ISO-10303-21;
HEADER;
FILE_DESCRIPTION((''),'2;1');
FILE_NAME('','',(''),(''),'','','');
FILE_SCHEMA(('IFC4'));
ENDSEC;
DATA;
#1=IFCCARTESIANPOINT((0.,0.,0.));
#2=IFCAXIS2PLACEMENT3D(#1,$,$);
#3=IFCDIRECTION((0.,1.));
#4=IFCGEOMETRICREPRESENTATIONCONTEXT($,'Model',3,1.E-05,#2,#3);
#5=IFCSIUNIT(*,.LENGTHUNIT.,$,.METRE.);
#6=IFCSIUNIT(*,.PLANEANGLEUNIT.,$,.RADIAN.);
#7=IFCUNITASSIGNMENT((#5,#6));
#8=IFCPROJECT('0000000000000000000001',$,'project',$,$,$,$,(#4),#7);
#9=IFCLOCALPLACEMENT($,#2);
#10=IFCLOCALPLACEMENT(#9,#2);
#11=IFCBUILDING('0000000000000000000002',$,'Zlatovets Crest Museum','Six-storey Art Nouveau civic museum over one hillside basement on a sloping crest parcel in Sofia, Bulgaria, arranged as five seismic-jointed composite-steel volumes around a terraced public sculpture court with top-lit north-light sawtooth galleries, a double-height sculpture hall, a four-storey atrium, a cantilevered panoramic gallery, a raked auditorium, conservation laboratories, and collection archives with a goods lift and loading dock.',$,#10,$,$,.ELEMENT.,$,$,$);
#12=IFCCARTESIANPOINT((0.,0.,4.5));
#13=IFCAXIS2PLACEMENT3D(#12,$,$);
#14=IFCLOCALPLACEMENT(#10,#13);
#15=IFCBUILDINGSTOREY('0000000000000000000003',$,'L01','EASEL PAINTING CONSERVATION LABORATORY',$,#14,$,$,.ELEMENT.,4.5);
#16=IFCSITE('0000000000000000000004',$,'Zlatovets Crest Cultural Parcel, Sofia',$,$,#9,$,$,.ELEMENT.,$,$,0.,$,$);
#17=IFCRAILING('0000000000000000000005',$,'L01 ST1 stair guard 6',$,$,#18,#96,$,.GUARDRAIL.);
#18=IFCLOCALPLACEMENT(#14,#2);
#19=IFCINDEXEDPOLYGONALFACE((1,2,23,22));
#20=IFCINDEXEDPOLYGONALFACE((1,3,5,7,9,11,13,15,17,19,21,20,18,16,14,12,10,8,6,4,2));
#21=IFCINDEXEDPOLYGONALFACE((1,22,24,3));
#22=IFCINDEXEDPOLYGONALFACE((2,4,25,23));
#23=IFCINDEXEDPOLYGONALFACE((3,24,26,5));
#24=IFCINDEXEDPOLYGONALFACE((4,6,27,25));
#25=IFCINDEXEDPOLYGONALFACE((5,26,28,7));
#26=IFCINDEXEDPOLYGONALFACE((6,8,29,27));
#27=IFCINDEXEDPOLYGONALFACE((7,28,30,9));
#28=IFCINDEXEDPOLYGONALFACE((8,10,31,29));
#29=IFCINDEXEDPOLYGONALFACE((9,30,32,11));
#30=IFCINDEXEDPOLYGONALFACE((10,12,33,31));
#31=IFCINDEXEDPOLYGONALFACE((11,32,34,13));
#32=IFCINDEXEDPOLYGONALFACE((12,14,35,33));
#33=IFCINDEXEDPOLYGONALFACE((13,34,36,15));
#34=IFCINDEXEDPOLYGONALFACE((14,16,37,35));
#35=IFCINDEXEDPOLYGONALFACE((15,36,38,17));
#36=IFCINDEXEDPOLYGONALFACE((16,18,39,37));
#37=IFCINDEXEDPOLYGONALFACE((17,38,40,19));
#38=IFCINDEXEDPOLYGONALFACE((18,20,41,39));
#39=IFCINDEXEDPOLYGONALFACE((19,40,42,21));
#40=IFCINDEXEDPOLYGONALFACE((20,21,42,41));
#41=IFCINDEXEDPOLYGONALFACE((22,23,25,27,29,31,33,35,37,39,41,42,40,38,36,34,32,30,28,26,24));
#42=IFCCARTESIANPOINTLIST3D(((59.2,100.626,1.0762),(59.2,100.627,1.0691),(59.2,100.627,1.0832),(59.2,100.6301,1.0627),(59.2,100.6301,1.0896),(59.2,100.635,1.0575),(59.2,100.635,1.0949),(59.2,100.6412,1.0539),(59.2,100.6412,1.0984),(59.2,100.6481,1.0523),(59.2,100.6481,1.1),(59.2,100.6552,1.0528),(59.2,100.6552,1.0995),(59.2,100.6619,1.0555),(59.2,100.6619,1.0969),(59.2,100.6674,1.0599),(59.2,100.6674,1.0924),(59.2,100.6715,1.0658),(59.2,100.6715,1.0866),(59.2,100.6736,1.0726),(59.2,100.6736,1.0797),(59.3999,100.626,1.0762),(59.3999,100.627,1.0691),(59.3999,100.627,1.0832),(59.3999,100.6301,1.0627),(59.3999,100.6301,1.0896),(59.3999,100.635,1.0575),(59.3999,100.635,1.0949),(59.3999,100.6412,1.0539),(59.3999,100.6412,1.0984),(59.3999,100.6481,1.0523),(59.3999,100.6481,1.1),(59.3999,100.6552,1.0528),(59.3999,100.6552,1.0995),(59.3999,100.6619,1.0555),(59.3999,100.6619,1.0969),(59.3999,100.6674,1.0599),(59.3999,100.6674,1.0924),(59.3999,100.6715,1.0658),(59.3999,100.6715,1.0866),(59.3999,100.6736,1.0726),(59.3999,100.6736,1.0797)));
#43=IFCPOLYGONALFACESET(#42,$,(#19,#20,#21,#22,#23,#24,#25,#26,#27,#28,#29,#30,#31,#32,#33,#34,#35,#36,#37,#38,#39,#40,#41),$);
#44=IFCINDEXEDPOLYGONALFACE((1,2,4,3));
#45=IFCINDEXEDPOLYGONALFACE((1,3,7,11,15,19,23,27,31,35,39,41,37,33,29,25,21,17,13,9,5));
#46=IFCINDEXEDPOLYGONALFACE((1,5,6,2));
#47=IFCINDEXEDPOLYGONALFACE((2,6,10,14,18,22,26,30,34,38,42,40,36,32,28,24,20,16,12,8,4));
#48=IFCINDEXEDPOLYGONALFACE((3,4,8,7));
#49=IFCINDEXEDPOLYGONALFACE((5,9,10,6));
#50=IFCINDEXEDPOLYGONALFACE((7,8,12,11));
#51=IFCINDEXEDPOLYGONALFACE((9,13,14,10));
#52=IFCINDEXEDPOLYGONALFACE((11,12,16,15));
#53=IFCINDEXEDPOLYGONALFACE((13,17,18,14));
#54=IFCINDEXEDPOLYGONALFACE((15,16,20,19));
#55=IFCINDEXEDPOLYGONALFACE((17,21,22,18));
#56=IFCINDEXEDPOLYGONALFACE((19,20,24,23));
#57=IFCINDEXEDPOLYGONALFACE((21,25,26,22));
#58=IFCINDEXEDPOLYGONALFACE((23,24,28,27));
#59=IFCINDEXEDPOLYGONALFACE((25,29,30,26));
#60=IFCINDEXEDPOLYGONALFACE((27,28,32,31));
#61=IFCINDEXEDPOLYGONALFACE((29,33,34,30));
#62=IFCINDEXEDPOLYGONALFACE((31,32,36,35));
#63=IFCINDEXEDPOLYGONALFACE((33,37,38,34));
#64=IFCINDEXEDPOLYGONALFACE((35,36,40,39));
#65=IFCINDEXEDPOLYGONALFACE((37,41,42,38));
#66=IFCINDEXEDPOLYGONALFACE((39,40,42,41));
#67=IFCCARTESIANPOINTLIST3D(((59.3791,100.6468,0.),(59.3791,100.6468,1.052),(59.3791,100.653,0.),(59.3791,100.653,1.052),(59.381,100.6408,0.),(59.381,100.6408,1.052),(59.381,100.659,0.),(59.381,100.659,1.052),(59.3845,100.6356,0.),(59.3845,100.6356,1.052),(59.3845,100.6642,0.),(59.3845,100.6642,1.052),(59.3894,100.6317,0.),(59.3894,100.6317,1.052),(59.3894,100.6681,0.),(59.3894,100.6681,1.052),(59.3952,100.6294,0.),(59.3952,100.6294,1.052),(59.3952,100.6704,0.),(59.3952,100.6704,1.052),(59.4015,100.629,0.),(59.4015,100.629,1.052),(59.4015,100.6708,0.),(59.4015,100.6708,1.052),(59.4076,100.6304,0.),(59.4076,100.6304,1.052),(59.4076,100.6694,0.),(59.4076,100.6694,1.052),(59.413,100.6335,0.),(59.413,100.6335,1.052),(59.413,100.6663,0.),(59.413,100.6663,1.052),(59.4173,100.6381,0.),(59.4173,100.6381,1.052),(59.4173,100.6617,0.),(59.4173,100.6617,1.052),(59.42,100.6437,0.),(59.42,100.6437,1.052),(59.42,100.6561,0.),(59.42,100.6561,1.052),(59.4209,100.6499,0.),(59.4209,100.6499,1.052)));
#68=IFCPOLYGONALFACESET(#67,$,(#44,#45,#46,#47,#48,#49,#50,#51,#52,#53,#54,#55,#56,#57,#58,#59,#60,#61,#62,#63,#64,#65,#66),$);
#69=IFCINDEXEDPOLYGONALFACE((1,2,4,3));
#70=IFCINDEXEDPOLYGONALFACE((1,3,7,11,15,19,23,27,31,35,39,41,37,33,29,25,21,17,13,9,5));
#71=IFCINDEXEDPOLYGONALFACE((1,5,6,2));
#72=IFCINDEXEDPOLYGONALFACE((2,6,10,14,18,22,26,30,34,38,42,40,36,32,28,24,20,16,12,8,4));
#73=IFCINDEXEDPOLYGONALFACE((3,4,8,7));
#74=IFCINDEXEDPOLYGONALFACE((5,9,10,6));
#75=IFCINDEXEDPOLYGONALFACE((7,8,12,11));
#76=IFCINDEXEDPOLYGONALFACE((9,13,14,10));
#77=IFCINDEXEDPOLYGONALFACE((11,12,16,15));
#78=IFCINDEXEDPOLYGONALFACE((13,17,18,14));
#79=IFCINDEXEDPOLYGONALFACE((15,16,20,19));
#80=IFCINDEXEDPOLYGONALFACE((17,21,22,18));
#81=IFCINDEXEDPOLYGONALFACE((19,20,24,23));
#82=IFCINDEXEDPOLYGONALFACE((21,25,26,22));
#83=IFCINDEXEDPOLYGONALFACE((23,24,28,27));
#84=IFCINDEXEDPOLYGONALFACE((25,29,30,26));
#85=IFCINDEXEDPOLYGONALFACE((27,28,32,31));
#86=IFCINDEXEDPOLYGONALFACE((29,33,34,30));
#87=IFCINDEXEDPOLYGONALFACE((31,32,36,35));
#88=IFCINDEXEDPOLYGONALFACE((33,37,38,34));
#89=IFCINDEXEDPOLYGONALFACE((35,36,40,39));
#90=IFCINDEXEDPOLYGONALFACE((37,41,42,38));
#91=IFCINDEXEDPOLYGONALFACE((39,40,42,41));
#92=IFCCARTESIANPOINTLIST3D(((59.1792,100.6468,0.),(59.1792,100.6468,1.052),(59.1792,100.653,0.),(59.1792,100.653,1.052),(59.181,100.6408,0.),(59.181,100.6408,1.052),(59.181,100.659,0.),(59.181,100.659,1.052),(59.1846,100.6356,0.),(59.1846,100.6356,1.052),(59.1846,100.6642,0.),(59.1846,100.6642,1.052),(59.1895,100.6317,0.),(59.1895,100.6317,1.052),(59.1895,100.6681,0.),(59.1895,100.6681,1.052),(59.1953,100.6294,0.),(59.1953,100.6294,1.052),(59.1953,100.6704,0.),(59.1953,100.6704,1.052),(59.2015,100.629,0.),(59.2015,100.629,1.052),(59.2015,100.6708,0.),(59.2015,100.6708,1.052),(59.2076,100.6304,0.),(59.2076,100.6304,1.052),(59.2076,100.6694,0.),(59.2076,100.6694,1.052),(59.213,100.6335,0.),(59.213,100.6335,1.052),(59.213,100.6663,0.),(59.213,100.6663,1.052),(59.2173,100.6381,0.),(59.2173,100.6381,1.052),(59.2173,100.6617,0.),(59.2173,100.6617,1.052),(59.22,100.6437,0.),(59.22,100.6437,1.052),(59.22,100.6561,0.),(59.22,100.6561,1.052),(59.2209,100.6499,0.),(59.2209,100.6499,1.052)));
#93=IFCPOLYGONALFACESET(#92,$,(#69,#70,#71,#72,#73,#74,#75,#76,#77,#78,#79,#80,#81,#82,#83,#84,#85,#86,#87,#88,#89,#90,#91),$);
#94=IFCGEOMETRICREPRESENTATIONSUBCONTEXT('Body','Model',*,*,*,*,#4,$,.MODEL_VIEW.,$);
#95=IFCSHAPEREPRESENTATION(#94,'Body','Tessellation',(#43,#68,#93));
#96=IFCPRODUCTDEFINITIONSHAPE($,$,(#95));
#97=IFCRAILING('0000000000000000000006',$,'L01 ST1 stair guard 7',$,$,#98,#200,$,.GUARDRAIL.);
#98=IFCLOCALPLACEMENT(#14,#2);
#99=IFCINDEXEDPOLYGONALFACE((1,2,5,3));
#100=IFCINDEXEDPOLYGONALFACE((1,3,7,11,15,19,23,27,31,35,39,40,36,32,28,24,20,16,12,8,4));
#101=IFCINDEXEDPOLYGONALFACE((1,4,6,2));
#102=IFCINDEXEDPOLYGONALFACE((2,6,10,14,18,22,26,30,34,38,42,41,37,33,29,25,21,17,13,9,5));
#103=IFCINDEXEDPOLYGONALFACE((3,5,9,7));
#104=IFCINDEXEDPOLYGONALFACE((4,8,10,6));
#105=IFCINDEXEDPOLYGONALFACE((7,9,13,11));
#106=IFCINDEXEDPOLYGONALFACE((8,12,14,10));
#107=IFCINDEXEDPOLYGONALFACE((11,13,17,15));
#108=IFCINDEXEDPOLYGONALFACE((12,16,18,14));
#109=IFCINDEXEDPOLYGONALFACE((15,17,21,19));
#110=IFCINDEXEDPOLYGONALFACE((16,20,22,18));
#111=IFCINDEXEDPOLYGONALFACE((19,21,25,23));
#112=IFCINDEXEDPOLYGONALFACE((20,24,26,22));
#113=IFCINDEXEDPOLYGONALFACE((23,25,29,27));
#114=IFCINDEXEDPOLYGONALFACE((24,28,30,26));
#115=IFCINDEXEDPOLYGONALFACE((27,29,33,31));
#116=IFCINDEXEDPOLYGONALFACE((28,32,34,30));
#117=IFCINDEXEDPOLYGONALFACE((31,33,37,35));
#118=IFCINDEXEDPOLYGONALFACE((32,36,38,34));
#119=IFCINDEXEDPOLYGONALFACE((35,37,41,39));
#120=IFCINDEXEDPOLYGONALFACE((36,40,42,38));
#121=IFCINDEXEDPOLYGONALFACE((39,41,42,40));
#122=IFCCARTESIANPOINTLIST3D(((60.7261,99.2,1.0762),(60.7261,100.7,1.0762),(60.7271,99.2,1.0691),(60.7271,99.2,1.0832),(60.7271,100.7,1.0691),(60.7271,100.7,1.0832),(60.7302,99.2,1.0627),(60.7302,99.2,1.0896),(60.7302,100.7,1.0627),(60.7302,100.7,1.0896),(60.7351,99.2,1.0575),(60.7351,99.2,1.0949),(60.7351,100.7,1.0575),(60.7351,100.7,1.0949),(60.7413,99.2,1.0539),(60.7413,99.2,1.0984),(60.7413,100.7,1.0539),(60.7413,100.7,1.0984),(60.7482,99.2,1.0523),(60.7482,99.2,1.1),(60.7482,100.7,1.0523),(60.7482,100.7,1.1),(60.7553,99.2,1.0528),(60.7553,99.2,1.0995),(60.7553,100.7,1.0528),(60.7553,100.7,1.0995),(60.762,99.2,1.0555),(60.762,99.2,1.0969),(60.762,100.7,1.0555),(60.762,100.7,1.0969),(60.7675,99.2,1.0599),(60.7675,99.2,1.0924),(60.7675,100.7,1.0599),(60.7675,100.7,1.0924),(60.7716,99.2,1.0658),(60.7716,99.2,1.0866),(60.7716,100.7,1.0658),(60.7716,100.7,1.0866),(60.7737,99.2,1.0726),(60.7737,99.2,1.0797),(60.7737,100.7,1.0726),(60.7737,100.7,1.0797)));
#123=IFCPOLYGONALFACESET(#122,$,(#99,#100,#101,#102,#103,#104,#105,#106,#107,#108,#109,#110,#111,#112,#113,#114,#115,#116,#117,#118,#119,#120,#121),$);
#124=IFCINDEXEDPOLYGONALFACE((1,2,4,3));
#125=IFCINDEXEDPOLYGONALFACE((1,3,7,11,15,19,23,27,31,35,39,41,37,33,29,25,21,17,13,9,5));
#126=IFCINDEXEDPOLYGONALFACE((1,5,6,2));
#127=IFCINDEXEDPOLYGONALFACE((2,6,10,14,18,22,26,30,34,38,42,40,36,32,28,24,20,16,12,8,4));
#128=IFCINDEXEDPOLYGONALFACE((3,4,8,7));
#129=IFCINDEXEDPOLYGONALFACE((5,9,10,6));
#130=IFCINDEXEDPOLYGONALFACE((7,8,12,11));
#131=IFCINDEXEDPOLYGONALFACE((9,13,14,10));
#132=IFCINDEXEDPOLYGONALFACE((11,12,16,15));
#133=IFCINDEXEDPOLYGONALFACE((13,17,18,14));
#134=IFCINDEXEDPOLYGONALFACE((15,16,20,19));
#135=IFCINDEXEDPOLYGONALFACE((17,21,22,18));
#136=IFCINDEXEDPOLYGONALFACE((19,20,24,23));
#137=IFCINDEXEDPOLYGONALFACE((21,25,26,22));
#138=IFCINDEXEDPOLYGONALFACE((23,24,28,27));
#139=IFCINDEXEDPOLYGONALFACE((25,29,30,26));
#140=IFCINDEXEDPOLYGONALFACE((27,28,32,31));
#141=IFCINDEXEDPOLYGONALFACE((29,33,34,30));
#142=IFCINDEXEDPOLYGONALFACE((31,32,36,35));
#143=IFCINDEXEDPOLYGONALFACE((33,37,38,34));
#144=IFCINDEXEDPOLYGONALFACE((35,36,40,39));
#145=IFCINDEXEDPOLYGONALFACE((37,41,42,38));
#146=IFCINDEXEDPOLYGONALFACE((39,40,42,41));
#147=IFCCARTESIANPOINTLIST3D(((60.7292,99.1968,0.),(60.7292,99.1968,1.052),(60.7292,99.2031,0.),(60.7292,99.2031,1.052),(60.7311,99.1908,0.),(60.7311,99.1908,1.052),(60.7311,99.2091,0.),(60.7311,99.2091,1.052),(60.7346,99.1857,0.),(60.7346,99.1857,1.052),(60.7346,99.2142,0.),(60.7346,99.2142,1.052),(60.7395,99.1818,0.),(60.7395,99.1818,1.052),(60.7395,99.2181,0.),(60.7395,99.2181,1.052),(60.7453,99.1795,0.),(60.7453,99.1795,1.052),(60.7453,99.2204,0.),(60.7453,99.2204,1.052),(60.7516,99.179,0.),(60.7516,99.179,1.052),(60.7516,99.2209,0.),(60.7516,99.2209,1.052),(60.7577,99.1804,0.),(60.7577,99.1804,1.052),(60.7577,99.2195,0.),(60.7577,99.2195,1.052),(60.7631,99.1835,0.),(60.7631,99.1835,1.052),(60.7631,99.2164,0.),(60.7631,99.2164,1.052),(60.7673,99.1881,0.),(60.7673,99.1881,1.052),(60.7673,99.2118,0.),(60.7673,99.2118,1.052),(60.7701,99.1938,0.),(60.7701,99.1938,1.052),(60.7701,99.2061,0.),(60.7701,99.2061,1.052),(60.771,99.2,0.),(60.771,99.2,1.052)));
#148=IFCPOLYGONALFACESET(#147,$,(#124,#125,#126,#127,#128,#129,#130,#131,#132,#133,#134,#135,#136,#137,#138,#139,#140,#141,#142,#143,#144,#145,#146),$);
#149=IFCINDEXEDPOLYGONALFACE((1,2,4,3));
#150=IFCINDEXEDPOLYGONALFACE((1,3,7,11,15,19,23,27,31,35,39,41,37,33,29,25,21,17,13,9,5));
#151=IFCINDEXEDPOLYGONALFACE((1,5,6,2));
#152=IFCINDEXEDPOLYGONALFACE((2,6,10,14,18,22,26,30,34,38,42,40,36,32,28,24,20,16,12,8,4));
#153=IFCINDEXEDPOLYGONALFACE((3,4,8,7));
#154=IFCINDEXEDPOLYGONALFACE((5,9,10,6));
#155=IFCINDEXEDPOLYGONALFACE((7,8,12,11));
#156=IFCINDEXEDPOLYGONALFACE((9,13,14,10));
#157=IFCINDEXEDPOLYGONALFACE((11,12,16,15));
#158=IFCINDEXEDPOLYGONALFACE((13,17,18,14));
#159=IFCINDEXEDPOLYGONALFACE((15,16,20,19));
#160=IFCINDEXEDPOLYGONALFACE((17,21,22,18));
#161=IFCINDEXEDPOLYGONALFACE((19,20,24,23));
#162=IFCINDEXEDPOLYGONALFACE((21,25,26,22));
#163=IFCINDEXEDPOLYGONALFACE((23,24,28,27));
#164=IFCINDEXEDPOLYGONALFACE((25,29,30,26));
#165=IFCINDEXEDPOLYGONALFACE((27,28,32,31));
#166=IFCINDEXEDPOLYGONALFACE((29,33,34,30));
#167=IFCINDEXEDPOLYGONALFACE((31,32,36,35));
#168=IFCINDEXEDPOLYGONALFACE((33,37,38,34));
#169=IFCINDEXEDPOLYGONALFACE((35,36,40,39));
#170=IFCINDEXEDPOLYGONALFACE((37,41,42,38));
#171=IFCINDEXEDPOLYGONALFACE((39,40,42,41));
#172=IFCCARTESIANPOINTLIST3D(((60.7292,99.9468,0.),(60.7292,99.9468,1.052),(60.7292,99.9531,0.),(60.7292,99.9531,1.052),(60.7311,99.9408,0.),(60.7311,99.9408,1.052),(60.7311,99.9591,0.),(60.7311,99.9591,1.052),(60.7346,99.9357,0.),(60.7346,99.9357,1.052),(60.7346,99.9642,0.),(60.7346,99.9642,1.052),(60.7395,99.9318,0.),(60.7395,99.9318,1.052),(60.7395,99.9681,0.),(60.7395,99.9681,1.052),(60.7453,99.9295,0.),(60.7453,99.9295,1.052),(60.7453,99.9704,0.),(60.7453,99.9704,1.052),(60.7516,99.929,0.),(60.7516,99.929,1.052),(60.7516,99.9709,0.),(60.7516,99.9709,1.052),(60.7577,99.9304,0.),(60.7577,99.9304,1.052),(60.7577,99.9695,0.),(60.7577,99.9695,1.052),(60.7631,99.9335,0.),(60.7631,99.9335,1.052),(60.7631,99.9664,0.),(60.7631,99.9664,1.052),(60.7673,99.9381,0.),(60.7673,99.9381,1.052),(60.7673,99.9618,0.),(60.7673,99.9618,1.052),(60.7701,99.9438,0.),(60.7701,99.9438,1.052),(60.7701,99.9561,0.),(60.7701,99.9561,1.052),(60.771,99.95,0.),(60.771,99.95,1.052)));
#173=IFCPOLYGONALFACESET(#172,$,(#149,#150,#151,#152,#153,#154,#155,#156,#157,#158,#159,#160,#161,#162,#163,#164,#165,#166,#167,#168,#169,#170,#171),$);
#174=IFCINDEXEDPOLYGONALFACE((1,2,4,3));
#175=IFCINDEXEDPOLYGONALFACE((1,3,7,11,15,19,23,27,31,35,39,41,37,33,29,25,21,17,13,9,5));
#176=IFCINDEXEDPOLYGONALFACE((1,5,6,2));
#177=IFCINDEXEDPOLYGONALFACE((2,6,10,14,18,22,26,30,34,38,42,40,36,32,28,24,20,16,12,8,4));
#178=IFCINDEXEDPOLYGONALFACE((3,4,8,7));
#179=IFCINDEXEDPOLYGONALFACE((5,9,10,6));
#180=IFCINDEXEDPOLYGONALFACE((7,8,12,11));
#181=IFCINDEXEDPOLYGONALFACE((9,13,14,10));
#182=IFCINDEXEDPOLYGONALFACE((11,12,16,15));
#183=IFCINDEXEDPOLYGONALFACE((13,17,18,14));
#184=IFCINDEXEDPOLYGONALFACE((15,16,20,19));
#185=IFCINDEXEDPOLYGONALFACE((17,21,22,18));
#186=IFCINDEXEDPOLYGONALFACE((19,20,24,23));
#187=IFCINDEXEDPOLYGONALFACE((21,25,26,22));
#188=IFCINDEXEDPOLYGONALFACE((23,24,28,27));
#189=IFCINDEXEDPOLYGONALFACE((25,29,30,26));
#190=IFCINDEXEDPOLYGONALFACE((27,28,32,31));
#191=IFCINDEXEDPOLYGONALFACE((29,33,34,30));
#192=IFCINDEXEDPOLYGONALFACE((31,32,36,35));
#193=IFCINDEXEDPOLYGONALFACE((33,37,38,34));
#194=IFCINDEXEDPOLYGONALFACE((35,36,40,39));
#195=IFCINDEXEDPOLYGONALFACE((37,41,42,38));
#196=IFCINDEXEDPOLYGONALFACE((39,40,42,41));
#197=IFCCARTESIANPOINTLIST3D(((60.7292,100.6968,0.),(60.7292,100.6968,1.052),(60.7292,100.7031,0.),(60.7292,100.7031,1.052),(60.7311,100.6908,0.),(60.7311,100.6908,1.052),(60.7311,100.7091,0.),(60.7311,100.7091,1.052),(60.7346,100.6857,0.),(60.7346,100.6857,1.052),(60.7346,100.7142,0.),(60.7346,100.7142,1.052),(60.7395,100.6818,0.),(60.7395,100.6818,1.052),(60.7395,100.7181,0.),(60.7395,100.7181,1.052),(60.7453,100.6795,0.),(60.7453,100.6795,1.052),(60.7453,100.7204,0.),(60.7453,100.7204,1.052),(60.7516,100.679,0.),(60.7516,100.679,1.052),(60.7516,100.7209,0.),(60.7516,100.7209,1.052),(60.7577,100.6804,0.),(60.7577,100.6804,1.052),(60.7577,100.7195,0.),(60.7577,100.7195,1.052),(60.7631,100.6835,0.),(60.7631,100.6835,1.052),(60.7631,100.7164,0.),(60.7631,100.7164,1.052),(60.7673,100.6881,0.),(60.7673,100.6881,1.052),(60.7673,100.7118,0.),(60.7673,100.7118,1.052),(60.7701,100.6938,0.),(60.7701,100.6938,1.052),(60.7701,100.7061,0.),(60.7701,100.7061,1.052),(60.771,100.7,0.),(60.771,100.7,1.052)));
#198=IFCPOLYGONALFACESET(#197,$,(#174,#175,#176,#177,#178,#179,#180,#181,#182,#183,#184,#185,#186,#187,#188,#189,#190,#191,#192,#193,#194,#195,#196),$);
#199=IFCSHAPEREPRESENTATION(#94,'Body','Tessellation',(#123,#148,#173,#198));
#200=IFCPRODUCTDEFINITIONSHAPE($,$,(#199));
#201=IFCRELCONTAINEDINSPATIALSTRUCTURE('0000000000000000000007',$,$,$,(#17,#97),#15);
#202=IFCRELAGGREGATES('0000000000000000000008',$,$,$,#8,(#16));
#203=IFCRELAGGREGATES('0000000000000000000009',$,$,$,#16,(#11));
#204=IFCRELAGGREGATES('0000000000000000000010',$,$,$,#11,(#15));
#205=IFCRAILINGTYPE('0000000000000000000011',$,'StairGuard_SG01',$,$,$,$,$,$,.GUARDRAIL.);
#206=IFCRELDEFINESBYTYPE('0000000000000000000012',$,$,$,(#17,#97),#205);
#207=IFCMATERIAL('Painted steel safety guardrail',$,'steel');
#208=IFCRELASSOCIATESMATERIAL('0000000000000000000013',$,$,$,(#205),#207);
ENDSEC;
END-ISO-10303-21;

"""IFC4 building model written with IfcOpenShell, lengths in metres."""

from ifc_helpers import new_model, si_unit, direction, frame, origin, origin_2d, place, context, subcontext, project, spatial, circle, extrude, material, type_object, element, save


model = new_model("IFC4")

# Units and contexts
model_context = context("Model", 3, precision=1e-05, world=origin(), true_north=direction((0.0, 1.0)))
body_context = subcontext(model_context, "Body", "Model", "MODEL_VIEW")
ifc_project = project(units=[si_unit("LENGTHUNIT", "METRE"), si_unit("PLANEANGLEUNIT", "RADIAN")], contexts=[model_context])

# Site, building, storey
site_placement = place(None, origin())
site = spatial("IfcSite", under=ifc_project, at=site_placement, Name="Zlatovets Crest Cultural Parcel, Sofia", CompositionType="ELEMENT", RefElevation=0.0)
building_placement = place(site_placement, origin())
building = spatial("IfcBuilding", under=site, at=building_placement, Name="Zlatovets Crest Museum", Description="Six-storey Art Nouveau civic museum over one hillside basement on a sloping crest parcel in Sofia, Bulgaria, arranged as five seismic-jointed composite-steel volumes around a terraced public sculpture court with top-lit north-light sawtooth galleries, a double-height sculpture hall, a four-storey atrium, a cantilevered panoramic gallery, a raked auditorium, conservation laboratories, and collection archives with a goods lift and loading dock.", CompositionType="ELEMENT")
storey_placement = place(building_placement, frame((0.0, 0.0, 4.5)))
storey = spatial("IfcBuildingStorey", under=building, at=storey_placement, Name="L01", Description="EASEL PAINTING CONSERVATION LABORATORY", CompositionType="ELEMENT", Elevation=4.5)

# Railings
ifc_material_1 = material(Name="Painted steel safety guardrail", Category="steel")
railing_type_1 = type_object("IfcRailingType", Name="StairGuard_SG01", PredefinedType="GUARDRAIL", material=ifc_material_1)
railing_1_placement = place(storey_placement, frame((59.3999, 100.6499, 0.0)))
element("IfcRailing", 1, at=railing_1_placement, inside=storey, type_object=railing_type_1, Name="L01 ST1 stair guard 6", PredefinedType="GUARDRAIL", context=body_context, shape_type="SweptSolid", body=[
    extrude(circle(Radius=0.0239, at=origin_2d()), frame((0.0, 0.0, 1.0762), z_axis=(-1.0, 0.0, 0.0), x_axis=(0.0, -1.0, 0.0)), (0.0, 0.0, 1.0), 0.2),
    extrude(circle(Radius=0.021, at=origin_2d()), origin(), (0.0, 0.0, 1.0), 1.052),
    extrude(circle(Radius=0.021, at=origin_2d()), frame((-0.2, 0.0, 0.0)), (0.0, 0.0, 1.0), 1.052),
])
for number, where, name in (
    (2, (60.75, 99.2, 0.0), "L01 ST1 stair guard 7"),
):
    element("IfcRailing", number, at=place(storey_placement, frame(where)), inside=storey, type_object=railing_type_1, Name=name, PredefinedType="GUARDRAIL", context=body_context, shape_type="SweptSolid", body=[
        extrude(circle(Radius=0.0239, at=origin_2d()), frame((0.0, 0.0, 1.0762), z_axis=(0.0, 1.0, 0.0), x_axis=(-1.0, 0.0, 0.0)), (0.0, 0.0, 1.0), 1.5),
        extrude(circle(Radius=0.021, at=origin_2d()), origin(), (0.0, 0.0, 1.0), 1.052),
        extrude(circle(Radius=0.021, at=origin_2d()), frame((0.0, 0.75, 0.0)), (0.0, 0.0, 1.0), 1.052),
        extrude(circle(Radius=0.021, at=origin_2d()), frame((0.0, 1.5, 0.0)), (0.0, 0.0, 1.0), 1.052),
    ])

save(model, "model.ifc")
